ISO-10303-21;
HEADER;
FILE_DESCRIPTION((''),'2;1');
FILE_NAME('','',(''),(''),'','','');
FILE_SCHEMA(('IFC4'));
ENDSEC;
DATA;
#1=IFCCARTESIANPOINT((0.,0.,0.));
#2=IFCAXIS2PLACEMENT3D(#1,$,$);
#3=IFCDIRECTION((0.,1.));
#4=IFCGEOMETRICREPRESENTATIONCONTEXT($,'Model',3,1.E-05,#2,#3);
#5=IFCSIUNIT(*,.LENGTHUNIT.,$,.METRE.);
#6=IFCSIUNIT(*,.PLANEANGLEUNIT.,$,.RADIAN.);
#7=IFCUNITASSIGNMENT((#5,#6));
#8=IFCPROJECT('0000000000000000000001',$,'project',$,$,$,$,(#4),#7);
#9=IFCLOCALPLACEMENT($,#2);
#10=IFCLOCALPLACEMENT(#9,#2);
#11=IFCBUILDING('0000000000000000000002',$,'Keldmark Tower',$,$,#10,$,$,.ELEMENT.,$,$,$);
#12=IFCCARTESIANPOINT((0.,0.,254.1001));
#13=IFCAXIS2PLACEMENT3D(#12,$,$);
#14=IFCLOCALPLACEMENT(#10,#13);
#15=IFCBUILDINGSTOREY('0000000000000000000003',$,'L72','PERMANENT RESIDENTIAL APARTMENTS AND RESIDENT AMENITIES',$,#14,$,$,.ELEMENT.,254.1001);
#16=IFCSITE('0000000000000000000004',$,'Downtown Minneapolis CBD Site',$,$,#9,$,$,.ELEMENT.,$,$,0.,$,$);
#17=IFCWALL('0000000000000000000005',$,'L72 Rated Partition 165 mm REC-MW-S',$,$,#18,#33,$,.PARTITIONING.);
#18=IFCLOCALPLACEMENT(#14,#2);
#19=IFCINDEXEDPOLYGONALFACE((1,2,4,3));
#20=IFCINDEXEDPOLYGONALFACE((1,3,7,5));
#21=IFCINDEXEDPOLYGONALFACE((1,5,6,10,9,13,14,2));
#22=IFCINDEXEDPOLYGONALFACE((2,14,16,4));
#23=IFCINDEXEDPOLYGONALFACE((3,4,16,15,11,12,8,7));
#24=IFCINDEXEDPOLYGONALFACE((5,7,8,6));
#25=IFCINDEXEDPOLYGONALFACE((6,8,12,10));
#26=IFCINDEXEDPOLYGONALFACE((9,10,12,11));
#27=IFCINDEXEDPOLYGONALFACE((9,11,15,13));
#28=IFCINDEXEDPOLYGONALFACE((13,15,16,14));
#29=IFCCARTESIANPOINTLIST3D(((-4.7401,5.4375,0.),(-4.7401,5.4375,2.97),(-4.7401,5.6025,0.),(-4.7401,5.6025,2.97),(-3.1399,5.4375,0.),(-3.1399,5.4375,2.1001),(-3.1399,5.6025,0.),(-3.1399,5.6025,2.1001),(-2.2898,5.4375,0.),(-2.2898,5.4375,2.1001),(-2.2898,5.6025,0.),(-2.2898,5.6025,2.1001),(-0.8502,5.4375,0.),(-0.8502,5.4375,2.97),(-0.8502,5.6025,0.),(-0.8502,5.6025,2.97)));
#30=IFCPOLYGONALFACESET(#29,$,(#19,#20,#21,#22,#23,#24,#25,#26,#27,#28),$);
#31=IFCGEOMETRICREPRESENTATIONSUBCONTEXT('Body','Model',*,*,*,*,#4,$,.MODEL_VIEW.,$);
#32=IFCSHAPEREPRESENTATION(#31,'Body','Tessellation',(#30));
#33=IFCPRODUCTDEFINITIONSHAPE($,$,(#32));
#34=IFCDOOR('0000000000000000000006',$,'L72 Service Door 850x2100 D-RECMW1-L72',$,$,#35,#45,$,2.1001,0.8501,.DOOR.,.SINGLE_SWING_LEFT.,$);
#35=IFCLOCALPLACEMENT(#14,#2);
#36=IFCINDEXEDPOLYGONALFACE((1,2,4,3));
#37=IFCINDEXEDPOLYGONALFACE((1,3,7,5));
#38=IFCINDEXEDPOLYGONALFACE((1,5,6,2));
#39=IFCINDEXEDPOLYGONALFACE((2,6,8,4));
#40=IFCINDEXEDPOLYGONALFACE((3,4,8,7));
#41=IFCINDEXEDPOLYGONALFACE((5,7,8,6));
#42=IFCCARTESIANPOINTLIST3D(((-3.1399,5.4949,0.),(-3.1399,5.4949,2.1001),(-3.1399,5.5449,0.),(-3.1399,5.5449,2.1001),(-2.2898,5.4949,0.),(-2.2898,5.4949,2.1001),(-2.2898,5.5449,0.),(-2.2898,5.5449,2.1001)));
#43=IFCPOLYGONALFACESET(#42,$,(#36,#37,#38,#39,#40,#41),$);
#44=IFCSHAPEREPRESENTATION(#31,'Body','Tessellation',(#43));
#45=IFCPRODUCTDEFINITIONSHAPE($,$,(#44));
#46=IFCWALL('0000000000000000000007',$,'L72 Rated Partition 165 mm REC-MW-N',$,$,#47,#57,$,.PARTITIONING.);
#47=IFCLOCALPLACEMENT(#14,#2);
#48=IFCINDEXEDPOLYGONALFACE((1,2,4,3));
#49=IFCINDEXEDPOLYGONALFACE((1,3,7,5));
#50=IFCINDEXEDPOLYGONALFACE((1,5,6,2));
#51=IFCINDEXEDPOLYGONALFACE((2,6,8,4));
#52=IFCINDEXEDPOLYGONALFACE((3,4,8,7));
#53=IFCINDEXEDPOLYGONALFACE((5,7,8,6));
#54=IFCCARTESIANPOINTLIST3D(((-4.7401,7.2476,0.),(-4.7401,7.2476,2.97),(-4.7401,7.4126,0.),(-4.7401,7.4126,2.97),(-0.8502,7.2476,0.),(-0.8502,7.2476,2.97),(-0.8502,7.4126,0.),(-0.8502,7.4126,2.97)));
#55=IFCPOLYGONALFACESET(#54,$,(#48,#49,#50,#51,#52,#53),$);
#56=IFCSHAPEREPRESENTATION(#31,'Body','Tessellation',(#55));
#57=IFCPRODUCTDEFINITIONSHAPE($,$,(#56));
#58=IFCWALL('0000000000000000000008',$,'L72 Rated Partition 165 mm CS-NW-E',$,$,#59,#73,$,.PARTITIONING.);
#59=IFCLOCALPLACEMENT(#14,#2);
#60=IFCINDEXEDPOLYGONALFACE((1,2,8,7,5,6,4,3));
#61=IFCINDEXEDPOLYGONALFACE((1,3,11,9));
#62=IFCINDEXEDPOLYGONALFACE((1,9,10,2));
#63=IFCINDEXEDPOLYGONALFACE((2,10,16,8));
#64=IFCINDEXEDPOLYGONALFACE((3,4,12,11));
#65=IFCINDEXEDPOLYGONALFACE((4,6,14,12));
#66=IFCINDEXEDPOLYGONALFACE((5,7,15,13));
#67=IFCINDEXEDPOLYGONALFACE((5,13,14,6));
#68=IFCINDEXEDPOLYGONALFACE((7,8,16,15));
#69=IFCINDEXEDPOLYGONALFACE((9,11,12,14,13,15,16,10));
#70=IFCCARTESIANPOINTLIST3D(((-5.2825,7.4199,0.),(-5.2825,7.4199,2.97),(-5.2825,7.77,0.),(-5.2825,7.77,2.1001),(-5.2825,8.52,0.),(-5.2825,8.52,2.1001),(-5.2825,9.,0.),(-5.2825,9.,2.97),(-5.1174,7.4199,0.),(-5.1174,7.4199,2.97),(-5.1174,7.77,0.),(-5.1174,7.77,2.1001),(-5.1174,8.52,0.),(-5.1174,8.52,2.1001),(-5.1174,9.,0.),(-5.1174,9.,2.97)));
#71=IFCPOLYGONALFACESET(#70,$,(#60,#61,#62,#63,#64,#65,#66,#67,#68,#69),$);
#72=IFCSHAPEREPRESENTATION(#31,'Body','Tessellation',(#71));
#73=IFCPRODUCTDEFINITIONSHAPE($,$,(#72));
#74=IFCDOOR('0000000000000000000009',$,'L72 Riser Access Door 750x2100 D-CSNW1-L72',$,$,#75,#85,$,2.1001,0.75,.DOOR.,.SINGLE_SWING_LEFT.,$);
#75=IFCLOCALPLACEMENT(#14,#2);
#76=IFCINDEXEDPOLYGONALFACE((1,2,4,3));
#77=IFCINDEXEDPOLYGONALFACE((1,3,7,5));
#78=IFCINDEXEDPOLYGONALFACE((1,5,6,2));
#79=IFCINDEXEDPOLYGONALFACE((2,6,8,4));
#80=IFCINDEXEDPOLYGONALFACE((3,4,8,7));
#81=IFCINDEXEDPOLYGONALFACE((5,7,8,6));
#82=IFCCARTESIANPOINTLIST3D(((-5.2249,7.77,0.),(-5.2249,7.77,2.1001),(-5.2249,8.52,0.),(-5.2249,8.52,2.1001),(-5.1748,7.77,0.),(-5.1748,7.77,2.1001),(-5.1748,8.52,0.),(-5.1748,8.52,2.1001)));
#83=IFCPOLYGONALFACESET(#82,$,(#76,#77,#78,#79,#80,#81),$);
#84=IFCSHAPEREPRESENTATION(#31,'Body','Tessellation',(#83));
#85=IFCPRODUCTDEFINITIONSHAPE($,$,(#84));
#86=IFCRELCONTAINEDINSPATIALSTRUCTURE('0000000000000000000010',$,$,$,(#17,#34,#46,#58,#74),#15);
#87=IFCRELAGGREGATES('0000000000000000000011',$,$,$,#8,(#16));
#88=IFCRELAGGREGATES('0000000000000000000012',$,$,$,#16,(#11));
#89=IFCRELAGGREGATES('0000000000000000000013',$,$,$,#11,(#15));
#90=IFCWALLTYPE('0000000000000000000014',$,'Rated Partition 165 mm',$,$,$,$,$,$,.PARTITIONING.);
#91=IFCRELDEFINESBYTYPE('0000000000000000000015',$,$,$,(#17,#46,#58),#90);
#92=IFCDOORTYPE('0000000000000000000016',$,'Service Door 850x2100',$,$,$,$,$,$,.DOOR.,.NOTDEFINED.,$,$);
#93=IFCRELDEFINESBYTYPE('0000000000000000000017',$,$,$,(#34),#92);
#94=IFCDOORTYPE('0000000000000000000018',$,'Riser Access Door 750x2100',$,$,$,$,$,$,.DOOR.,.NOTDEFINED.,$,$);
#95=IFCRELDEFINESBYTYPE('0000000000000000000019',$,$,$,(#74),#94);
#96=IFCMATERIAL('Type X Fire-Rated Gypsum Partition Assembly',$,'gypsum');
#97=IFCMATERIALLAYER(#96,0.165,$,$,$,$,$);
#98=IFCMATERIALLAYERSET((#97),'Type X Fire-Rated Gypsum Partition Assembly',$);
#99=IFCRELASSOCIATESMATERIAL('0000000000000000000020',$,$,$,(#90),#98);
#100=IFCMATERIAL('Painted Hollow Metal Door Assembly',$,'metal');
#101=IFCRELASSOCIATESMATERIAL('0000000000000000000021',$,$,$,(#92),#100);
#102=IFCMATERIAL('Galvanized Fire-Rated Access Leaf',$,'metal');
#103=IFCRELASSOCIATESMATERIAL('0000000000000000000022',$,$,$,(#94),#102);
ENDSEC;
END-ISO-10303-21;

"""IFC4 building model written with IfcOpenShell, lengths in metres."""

from ifc_helpers import new_model, si_unit, direction, frame, frame_2d, origin, place, context, subcontext, project, spatial, rectangle, extrude, material, layer, layer_set, type_object, element, fill, save


model = new_model("IFC4")

# Units and contexts
model_context = context("Model", 3, precision=1e-05, world=origin(), true_north=direction((0.0, 1.0)))
body_context = subcontext(model_context, "Body", "Model", "MODEL_VIEW")
ifc_project = project(units=[si_unit("LENGTHUNIT", "METRE"), si_unit("PLANEANGLEUNIT", "RADIAN")], contexts=[model_context])

# Site, building, storey
site_placement = place(None, origin())
site = spatial("IfcSite", under=ifc_project, at=site_placement, Name="Downtown Minneapolis CBD Site", CompositionType="ELEMENT", RefElevation=0.0)
building_placement = place(site_placement, origin())
building = spatial("IfcBuilding", under=site, at=building_placement, Name="Keldmark Tower", CompositionType="ELEMENT")
storey_placement = place(building_placement, frame((0.0, 0.0, 254.1001)))
storey = spatial("IfcBuildingStorey", under=building, at=storey_placement, Name="L72", Description="PERMANENT RESIDENTIAL APARTMENTS AND RESIDENT AMENITIES", CompositionType="ELEMENT", Elevation=254.1001)

# Shared definitions
ifc_material_1 = material(Name="Type X Fire-Rated Gypsum Partition Assembly", Category="gypsum")
ifc_layer_1 = layer(ifc_material_1, 0.165)
ifc_layer_set_1 = layer_set([ifc_layer_1], Name="Type X Fire-Rated Gypsum Partition Assembly")
wall_type_1 = type_object("IfcWallType", Name="Rated Partition 165 mm", PredefinedType="PARTITIONING", material=ifc_layer_set_1)

# Shared definitions
ifc_material_2 = material(Name="Painted Hollow Metal Door Assembly", Category="metal")
door_type_1 = type_object("IfcDoorType", Name="Service Door 850x2100", OperationType="NOTDEFINED", PredefinedType="DOOR", material=ifc_material_2)

# Wall, opening, door
wall_1_placement = place(storey_placement, frame((-4.74, 5.52, 0.0), z_axis=(0.0, 0.0, 1.0), x_axis=(1.0, 0.0, 0.0)))
wall_1 = element("IfcWall", 1, at=wall_1_placement, inside=storey, type_object=wall_type_1, Name="L72 Rated Partition 165 mm REC-MW-S", PredefinedType="PARTITIONING", context=body_context, shape_type="SweptSolid", body=[
    extrude(rectangle(XDim=3.8899, YDim=0.165, at=frame_2d((1.9448, 0.0))), origin(), (0.0, 0.0, 1.0), 2.97),
])
opening_1_placement = place(wall_1_placement, frame((1.6001, 0.0, 0.0)))
opening_1 = element("IfcOpeningElement", 2, at=opening_1_placement, cuts=wall_1, PredefinedType="OPENING", context=body_context, shape_type="SweptSolid", body=[
    extrude(rectangle(XDim=0.8501, YDim=2.1001, at=frame_2d((0.425, 1.05))), frame((0.0, 0.0925, 0.0), z_axis=(0.0, -1.0, 0.0), x_axis=(1.0, 0.0, 0.0)), (0.0, 0.0, 1.0), 0.1851),
])
door_1_placement = place(opening_1_placement, origin())
door_1 = element("IfcDoor", 3, at=door_1_placement, inside=storey, type_object=door_type_1, Name="L72 Service Door 850x2100 D-RECMW1-L72", OperationType="SINGLE_SWING_LEFT", OverallHeight=2.1001, OverallWidth=0.8501, PredefinedType="DOOR", context=body_context, shape_type="SweptSolid", body=[
    extrude(rectangle(XDim=0.8501, YDim=2.1001, at=frame_2d((0.425, 1.05))), frame((0.0, 0.0249, 0.0), z_axis=(0.0, -1.0, 0.0), x_axis=(1.0, 0.0, 0.0)), (0.0, 0.0, 1.0), 0.05),
])
fill(opening_1, door_1)

# Wall
wall_2_placement = place(storey_placement, frame((-4.74, 7.3301, 0.0), z_axis=(0.0, 0.0, 1.0), x_axis=(1.0, 0.0, 0.0)))
element("IfcWall", 4, at=wall_2_placement, inside=storey, type_object=wall_type_1, Name="L72 Rated Partition 165 mm REC-MW-N", PredefinedType="PARTITIONING", context=body_context, shape_type="SweptSolid", body=[
    extrude(rectangle(XDim=3.8899, YDim=0.165, at=frame_2d((1.9448, 0.0))), origin(), (0.0, 0.0, 1.0), 2.97),
])

# Wall, opening, door
wall_3_placement = place(storey_placement, frame((-5.2, 7.4199, 0.0), z_axis=(0.0, 0.0, 1.0), x_axis=(0.0, 1.0, 0.0)))
wall_3 = element("IfcWall", 5, at=wall_3_placement, inside=storey, type_object=wall_type_1, Name="L72 Rated Partition 165 mm CS-NW-E", PredefinedType="PARTITIONING", context=body_context, shape_type="SweptSolid", body=[
    extrude(rectangle(XDim=1.5801, YDim=0.165, at=frame_2d((0.79, 0.0))), origin(), (0.0, 0.0, 1.0), 2.97),
])
opening_2_placement = place(wall_3_placement, frame((0.3501, 0.0, 0.0)))
opening_2 = element("IfcOpeningElement", 6, at=opening_2_placement, cuts=wall_3, PredefinedType="OPENING", context=body_context, shape_type="SweptSolid", body=[
    extrude(rectangle(XDim=0.75, YDim=2.1001, at=frame_2d((0.375, 1.05))), frame((0.0, 0.0925, 0.0), z_axis=(0.0, -1.0, 0.0), x_axis=(1.0, 0.0, 0.0)), (0.0, 0.0, 1.0), 0.1851),
])
ifc_material_3 = material(Name="Galvanized Fire-Rated Access Leaf", Category="metal")
door_type_2 = type_object("IfcDoorType", Name="Riser Access Door 750x2100", OperationType="NOTDEFINED", PredefinedType="DOOR", material=ifc_material_3)
door_2_placement = place(opening_2_placement, origin())
door_2 = element("IfcDoor", 7, at=door_2_placement, inside=storey, type_object=door_type_2, Name="L72 Riser Access Door 750x2100 D-CSNW1-L72", OperationType="SINGLE_SWING_LEFT", OverallHeight=2.1001, OverallWidth=0.75, PredefinedType="DOOR", context=body_context, shape_type="SweptSolid", body=[
    extrude(rectangle(XDim=0.75, YDim=2.1001, at=frame_2d((0.375, 1.05))), frame((0.0, 0.0249, 0.0), z_axis=(0.0, -1.0, 0.0), x_axis=(1.0, 0.0, 0.0)), (0.0, 0.0, 1.0), 0.05),
])
fill(opening_2, door_2)

save(model, "model.ifc")
